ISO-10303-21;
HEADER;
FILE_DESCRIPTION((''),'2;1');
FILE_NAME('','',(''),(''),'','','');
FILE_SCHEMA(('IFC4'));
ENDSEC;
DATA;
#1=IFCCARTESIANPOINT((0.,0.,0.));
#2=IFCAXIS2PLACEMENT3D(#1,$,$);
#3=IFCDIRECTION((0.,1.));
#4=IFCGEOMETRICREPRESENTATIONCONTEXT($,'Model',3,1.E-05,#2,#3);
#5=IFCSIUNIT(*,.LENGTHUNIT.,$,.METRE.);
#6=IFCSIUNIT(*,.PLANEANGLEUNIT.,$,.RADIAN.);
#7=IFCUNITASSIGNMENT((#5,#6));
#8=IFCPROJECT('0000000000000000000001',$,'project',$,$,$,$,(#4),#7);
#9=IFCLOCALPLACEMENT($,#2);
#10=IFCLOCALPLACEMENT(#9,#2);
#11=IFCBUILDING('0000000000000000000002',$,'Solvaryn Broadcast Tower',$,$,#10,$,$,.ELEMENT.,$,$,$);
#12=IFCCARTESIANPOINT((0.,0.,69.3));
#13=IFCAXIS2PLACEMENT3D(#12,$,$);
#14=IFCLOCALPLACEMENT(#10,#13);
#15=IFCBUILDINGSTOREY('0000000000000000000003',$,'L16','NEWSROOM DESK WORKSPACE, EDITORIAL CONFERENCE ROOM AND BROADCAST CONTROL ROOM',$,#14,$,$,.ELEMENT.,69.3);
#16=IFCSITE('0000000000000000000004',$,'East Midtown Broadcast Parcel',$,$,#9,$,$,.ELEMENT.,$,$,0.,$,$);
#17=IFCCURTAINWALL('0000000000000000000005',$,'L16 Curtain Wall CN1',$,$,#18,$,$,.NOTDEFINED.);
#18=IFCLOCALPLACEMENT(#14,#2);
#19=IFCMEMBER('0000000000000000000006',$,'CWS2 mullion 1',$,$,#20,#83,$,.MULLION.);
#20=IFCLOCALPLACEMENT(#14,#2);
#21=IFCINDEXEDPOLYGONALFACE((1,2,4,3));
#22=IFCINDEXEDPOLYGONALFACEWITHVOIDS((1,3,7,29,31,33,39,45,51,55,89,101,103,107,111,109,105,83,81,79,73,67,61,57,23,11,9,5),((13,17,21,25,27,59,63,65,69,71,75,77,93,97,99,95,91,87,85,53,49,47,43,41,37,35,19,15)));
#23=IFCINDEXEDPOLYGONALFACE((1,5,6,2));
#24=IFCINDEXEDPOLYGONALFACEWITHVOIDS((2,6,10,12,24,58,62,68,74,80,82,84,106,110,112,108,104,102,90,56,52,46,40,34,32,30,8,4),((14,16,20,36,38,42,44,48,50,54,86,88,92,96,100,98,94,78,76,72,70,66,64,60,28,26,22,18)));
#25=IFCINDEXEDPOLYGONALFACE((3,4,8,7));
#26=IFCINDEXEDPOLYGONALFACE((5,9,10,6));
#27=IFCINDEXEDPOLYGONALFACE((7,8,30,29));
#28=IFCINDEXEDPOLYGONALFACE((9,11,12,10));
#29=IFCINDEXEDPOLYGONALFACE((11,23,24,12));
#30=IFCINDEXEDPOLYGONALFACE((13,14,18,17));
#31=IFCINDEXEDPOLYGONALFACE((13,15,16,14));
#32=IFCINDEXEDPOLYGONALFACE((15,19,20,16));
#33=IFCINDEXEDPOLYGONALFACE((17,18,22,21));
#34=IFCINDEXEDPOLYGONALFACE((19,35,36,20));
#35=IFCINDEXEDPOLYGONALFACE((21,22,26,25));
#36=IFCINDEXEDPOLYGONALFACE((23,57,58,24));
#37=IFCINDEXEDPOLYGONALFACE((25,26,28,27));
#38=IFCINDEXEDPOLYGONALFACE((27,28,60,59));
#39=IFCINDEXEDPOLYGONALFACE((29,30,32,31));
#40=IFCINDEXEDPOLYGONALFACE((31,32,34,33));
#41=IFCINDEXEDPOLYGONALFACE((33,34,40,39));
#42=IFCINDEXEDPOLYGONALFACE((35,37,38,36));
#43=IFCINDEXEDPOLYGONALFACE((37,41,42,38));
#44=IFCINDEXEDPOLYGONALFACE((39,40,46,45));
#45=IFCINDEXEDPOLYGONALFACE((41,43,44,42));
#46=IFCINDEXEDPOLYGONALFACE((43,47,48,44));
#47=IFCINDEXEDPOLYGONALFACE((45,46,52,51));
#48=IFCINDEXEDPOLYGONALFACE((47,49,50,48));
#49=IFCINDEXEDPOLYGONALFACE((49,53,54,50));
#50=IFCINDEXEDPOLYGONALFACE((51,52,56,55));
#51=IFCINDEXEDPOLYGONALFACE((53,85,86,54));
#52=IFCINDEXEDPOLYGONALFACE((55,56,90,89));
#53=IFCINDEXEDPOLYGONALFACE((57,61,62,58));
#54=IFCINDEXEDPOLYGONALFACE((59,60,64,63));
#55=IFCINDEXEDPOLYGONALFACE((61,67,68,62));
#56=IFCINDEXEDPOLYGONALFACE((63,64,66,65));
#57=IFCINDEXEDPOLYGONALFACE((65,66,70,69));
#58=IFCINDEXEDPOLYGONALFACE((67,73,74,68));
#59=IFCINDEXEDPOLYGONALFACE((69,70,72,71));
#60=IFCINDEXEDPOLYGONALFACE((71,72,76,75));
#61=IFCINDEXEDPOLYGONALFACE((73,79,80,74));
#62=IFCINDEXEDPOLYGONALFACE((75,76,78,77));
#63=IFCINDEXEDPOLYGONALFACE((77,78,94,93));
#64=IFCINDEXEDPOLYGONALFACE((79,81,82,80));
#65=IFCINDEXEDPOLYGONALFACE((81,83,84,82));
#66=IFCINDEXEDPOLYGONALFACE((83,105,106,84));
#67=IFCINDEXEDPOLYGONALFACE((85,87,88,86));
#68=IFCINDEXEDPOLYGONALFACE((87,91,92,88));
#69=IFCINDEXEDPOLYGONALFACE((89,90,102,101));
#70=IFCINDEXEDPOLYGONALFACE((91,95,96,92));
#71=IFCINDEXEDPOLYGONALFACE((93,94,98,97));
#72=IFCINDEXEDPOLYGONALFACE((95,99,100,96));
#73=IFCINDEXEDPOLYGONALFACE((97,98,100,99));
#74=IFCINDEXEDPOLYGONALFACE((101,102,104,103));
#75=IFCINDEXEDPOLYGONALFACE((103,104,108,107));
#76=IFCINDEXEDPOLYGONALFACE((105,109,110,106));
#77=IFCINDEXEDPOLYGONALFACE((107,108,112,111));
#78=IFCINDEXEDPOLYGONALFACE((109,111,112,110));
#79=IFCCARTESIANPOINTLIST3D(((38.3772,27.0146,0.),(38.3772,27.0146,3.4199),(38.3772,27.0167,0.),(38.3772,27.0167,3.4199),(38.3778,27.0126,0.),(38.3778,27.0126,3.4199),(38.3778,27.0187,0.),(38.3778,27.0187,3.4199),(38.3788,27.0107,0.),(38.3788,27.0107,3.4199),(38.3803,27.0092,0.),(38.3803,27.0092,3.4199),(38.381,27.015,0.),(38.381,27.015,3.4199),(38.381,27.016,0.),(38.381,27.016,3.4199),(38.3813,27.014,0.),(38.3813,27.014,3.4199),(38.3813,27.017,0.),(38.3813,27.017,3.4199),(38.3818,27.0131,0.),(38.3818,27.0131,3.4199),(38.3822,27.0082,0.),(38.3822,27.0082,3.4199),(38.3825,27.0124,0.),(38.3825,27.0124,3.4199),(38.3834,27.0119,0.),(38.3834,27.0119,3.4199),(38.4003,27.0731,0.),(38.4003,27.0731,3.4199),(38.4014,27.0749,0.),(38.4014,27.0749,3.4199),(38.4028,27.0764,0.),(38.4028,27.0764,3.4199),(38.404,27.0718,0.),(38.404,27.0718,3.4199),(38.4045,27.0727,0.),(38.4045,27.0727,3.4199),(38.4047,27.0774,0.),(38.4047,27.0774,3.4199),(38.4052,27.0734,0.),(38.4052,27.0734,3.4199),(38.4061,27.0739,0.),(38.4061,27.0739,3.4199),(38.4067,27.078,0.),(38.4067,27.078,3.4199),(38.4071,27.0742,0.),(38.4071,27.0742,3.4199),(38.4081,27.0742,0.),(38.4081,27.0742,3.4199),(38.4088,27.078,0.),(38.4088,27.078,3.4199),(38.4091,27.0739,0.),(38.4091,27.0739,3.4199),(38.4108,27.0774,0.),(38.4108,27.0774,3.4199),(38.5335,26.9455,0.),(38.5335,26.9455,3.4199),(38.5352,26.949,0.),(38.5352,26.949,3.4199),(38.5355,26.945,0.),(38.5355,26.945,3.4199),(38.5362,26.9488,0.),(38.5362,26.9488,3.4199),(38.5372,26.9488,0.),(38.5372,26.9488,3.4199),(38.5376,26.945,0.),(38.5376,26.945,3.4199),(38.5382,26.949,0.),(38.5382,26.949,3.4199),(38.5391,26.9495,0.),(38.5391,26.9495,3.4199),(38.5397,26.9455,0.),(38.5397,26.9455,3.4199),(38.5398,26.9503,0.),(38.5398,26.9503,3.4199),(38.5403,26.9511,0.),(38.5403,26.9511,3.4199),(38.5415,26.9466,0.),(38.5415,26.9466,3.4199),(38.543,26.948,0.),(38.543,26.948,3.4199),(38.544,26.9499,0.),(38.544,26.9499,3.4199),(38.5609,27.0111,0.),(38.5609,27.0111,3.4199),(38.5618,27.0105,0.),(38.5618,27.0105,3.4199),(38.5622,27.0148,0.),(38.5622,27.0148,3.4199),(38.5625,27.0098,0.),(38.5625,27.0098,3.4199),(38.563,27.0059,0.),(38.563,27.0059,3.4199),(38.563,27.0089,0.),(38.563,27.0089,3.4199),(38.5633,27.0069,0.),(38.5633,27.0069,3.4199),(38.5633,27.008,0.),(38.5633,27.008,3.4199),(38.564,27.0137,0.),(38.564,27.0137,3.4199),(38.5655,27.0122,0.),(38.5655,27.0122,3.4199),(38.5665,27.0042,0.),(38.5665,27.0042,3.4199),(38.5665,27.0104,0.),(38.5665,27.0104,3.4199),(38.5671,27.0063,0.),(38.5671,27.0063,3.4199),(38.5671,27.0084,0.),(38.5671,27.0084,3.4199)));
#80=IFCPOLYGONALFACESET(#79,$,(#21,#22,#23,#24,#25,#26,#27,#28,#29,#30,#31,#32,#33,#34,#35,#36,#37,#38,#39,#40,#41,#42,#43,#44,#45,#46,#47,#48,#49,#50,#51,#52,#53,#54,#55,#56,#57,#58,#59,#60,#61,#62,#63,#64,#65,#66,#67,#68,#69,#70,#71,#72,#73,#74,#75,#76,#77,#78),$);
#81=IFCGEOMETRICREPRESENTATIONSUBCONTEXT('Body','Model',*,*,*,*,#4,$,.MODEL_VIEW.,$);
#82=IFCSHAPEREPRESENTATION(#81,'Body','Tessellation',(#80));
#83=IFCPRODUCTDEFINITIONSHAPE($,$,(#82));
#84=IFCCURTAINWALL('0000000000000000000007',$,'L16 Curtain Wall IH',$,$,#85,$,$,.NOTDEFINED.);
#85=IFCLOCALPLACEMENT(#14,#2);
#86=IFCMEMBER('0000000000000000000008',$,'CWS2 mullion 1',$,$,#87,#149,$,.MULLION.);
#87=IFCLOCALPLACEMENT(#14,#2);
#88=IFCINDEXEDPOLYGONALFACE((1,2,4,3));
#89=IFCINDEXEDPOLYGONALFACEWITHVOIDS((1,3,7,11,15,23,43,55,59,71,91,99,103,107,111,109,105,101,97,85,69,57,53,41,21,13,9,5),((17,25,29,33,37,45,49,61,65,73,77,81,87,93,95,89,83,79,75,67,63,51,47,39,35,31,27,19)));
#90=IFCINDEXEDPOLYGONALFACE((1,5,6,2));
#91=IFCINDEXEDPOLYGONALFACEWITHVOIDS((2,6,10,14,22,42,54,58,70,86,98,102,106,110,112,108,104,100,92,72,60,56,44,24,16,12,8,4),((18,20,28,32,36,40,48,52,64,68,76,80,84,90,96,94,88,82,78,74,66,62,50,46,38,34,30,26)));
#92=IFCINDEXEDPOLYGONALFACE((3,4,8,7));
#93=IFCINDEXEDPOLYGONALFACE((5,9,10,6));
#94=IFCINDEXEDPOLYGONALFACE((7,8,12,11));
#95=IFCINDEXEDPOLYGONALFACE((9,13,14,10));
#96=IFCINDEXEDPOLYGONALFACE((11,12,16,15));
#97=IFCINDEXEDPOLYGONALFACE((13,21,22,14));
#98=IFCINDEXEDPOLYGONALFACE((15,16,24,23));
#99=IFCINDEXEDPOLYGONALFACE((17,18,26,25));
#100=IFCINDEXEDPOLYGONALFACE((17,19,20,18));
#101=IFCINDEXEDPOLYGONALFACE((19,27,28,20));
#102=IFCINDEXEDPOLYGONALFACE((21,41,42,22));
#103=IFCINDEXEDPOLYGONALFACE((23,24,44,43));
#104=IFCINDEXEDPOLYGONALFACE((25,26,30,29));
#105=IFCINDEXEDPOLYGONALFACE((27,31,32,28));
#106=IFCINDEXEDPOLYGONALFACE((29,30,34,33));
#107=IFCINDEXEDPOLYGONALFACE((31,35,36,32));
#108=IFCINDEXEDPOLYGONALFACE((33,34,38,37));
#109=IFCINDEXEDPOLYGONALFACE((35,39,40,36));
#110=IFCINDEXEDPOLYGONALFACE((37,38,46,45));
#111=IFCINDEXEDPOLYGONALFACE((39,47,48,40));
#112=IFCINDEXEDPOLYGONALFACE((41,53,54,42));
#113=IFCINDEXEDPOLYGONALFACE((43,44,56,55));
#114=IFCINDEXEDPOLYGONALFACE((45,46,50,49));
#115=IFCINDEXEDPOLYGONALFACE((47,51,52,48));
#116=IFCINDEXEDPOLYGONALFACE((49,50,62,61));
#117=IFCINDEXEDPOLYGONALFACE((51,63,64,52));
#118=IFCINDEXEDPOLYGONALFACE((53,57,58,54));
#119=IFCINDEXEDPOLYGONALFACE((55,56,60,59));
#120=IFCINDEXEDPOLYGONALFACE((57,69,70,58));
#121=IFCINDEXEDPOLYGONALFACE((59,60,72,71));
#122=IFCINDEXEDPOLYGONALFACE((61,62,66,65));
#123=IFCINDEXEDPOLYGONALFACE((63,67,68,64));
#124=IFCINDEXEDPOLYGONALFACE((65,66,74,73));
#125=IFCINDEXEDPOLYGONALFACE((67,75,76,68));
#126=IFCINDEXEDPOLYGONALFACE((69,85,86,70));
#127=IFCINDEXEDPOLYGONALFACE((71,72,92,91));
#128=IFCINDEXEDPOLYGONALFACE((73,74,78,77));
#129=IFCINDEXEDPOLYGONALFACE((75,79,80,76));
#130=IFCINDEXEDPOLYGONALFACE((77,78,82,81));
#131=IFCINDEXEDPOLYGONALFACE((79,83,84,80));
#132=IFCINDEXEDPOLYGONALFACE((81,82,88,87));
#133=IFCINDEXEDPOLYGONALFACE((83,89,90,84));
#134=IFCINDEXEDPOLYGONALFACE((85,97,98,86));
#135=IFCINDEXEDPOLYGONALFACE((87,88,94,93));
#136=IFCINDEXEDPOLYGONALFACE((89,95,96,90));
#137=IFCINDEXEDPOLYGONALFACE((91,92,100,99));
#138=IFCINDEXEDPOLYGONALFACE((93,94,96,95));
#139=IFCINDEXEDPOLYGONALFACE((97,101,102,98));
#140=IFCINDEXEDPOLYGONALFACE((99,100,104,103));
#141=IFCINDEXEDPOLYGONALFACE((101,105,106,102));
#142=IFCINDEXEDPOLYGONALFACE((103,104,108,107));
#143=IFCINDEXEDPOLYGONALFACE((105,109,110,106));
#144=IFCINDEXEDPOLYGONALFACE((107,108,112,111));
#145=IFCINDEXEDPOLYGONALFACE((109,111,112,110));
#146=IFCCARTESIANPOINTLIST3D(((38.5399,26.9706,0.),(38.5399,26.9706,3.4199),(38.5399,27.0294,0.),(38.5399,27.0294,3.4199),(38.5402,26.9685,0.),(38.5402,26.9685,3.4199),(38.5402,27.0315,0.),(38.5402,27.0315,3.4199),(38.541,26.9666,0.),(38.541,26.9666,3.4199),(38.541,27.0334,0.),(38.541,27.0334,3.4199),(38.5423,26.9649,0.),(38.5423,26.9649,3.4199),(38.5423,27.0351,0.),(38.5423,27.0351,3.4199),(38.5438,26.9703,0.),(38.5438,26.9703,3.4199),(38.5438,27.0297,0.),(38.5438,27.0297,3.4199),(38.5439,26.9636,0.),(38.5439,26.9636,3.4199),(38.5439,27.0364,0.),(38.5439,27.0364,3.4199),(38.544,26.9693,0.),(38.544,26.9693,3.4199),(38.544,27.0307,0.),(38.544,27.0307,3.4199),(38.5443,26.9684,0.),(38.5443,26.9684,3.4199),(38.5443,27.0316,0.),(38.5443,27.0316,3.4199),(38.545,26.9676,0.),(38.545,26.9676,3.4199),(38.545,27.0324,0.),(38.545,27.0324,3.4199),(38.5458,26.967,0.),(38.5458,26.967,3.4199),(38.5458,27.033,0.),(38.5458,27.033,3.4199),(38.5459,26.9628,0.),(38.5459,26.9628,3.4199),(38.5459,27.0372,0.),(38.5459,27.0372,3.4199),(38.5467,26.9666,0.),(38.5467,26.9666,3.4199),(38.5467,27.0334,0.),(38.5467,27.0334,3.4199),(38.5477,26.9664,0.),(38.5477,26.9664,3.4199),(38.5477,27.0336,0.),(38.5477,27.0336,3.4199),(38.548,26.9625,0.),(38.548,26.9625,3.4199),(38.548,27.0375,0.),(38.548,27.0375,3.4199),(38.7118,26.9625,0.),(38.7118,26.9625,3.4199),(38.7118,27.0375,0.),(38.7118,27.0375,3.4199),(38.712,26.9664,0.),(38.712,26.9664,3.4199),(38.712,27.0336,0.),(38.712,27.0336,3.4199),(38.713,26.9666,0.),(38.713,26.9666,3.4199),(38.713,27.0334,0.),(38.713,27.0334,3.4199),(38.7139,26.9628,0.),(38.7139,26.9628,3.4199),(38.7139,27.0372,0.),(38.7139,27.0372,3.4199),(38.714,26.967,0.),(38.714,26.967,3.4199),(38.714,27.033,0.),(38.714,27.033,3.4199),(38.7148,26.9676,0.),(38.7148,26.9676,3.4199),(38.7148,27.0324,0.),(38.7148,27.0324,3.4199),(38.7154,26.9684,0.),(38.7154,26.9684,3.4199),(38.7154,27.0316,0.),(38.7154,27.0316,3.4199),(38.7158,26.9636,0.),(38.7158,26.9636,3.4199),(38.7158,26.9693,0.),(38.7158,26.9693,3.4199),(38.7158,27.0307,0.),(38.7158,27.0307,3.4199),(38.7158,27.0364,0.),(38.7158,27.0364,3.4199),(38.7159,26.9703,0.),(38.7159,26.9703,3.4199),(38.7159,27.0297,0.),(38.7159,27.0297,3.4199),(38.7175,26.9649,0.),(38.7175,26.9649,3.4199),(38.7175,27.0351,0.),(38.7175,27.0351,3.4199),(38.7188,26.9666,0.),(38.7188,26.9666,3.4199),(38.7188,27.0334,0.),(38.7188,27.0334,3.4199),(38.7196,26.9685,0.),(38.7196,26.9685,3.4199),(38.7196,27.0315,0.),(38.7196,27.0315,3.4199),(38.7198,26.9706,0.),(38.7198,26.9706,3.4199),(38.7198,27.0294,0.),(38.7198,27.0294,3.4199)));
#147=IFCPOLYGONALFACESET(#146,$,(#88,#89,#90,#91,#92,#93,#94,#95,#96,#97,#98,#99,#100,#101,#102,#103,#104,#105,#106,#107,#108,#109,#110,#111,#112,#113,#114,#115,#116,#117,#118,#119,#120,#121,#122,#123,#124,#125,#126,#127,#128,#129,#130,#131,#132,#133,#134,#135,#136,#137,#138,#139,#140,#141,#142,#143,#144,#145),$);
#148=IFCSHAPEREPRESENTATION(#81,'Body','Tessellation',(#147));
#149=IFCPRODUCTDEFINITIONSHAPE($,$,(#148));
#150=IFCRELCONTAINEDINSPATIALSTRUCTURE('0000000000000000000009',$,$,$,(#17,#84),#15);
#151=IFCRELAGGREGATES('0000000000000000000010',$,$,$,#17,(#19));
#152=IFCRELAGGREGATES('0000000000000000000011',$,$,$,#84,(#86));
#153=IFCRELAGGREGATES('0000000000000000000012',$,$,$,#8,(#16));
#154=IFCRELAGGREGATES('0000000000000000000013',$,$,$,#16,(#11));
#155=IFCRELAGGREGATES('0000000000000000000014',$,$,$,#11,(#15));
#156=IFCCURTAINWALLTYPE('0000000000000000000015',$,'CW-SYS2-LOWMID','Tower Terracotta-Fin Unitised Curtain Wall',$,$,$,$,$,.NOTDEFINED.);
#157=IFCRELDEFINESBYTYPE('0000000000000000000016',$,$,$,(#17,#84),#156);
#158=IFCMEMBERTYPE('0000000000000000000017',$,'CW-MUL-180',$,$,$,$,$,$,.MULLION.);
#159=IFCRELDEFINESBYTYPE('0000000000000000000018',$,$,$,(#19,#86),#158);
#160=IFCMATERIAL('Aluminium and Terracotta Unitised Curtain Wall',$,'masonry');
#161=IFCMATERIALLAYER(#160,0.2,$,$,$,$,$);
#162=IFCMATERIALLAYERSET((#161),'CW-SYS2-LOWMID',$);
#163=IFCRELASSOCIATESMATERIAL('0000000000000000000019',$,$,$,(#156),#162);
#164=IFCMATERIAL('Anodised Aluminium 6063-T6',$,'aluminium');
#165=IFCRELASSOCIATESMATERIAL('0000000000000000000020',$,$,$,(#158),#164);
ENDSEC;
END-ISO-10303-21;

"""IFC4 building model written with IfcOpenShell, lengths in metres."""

from ifc_helpers import new_model, si_unit, direction, frame, origin, origin_2d, place, context, subcontext, project, spatial, hollow_rectangle, extrude, material, layer, layer_set, material_profile, profile_set, type_object, element, aggregate, save


model = new_model("IFC4")

# Units and contexts
model_context = context("Model", 3, precision=1e-05, world=origin(), true_north=direction((0.0, 1.0)))
body_context = subcontext(model_context, "Body", "Model", "MODEL_VIEW")
ifc_project = project(units=[si_unit("LENGTHUNIT", "METRE"), si_unit("PLANEANGLEUNIT", "RADIAN")], contexts=[model_context])

# Site, building, storey
site_placement = place(None, origin())
site = spatial("IfcSite", under=ifc_project, at=site_placement, Name="East Midtown Broadcast Parcel", CompositionType="ELEMENT", RefElevation=0.0)
building_placement = place(site_placement, origin())
building = spatial("IfcBuilding", under=site, at=building_placement, Name="Solvaryn Broadcast Tower", CompositionType="ELEMENT")
storey_placement = place(building_placement, frame((0.0, 0.0, 69.3)))
storey = spatial("IfcBuildingStorey", under=building, at=storey_placement, Name="L16", Description="NEWSROOM DESK WORKSPACE, EDITORIAL CONFERENCE ROOM AND BROADCAST CONTROL ROOM", CompositionType="ELEMENT", Elevation=69.3)

# Curtain walls, members
ifc_material_1 = material(Name="Aluminium and Terracotta Unitised Curtain Wall", Category="masonry")
ifc_layer_1 = layer(ifc_material_1, 0.2)
ifc_layer_set_1 = layer_set([ifc_layer_1], Name="CW-SYS2-LOWMID")
curtain_wall_type = type_object("IfcCurtainWallType", Name="CW-SYS2-LOWMID", Description="Tower Terracotta-Fin Unitised Curtain Wall", PredefinedType="NOTDEFINED", material=ifc_layer_set_1)
curtain_wall_1_placement = place(storey_placement, origin())
curtain_wall_1 = element("IfcCurtainWall", 1, at=curtain_wall_1_placement, inside=storey, type_object=curtain_wall_type, Name="L16 Curtain Wall CN1", PredefinedType="NOTDEFINED")
ifc_material_2 = material(Name="Anodised Aluminium 6063-T6", Category="aluminium")
ifc_material_profile_1 = material_profile(ifc_material_2, hollow_rectangle(XDim=0.075, YDim=0.1799, WallThickness=0.0039, InnerFilletRadius=0.0039, OuterFilletRadius=0.0081, at=origin_2d()))
ifc_profile_set_1 = profile_set([ifc_material_profile_1], Name="Anodised Aluminium 6063-T6")
member_type_1 = type_object("IfcMemberType", Name="CW-MUL-180", PredefinedType="MULLION", material=ifc_profile_set_1)
member_1_placement = place(storey_placement, frame((38.4722, 27.0115, 0.0), z_axis=(0.0, 0.0, 1.0), x_axis=(-0.382646, -0.923895, 0.0)))
member_1 = element("IfcMember", 2, at=member_1_placement, type_object=member_type_1, Name="CWS2 mullion 1", PredefinedType="MULLION", context=body_context, shape_type="SweptSolid", body=[
    extrude(hollow_rectangle(XDim=0.075, YDim=0.1799, WallThickness=0.0039, InnerFilletRadius=0.0039, OuterFilletRadius=0.0081, at=origin_2d()), origin(), (0.0, 0.0, 1.0), 3.4199),
])
curtain_wall_2_placement = place(storey_placement, origin())
curtain_wall_2 = element("IfcCurtainWall", 3, at=curtain_wall_2_placement, inside=storey, type_object=curtain_wall_type, Name="L16 Curtain Wall IH", PredefinedType="NOTDEFINED")
member_2_placement = place(storey_placement, frame((38.6299, 27.0, 0.0), z_axis=(0.0, 0.0, 1.0), x_axis=(0.0, 1.0, 0.0)))
member_2 = element("IfcMember", 4, at=member_2_placement, type_object=member_type_1, Name="CWS2 mullion 1", PredefinedType="MULLION", context=body_context, shape_type="SweptSolid", body=[
    extrude(hollow_rectangle(XDim=0.075, YDim=0.1799, WallThickness=0.0039, InnerFilletRadius=0.0039, OuterFilletRadius=0.0081, at=origin_2d()), origin(), (0.0, 0.0, 1.0), 3.4199),
])

aggregate(curtain_wall_1, [member_1])
aggregate(curtain_wall_2, [member_2])

save(model, "model.ifc")
